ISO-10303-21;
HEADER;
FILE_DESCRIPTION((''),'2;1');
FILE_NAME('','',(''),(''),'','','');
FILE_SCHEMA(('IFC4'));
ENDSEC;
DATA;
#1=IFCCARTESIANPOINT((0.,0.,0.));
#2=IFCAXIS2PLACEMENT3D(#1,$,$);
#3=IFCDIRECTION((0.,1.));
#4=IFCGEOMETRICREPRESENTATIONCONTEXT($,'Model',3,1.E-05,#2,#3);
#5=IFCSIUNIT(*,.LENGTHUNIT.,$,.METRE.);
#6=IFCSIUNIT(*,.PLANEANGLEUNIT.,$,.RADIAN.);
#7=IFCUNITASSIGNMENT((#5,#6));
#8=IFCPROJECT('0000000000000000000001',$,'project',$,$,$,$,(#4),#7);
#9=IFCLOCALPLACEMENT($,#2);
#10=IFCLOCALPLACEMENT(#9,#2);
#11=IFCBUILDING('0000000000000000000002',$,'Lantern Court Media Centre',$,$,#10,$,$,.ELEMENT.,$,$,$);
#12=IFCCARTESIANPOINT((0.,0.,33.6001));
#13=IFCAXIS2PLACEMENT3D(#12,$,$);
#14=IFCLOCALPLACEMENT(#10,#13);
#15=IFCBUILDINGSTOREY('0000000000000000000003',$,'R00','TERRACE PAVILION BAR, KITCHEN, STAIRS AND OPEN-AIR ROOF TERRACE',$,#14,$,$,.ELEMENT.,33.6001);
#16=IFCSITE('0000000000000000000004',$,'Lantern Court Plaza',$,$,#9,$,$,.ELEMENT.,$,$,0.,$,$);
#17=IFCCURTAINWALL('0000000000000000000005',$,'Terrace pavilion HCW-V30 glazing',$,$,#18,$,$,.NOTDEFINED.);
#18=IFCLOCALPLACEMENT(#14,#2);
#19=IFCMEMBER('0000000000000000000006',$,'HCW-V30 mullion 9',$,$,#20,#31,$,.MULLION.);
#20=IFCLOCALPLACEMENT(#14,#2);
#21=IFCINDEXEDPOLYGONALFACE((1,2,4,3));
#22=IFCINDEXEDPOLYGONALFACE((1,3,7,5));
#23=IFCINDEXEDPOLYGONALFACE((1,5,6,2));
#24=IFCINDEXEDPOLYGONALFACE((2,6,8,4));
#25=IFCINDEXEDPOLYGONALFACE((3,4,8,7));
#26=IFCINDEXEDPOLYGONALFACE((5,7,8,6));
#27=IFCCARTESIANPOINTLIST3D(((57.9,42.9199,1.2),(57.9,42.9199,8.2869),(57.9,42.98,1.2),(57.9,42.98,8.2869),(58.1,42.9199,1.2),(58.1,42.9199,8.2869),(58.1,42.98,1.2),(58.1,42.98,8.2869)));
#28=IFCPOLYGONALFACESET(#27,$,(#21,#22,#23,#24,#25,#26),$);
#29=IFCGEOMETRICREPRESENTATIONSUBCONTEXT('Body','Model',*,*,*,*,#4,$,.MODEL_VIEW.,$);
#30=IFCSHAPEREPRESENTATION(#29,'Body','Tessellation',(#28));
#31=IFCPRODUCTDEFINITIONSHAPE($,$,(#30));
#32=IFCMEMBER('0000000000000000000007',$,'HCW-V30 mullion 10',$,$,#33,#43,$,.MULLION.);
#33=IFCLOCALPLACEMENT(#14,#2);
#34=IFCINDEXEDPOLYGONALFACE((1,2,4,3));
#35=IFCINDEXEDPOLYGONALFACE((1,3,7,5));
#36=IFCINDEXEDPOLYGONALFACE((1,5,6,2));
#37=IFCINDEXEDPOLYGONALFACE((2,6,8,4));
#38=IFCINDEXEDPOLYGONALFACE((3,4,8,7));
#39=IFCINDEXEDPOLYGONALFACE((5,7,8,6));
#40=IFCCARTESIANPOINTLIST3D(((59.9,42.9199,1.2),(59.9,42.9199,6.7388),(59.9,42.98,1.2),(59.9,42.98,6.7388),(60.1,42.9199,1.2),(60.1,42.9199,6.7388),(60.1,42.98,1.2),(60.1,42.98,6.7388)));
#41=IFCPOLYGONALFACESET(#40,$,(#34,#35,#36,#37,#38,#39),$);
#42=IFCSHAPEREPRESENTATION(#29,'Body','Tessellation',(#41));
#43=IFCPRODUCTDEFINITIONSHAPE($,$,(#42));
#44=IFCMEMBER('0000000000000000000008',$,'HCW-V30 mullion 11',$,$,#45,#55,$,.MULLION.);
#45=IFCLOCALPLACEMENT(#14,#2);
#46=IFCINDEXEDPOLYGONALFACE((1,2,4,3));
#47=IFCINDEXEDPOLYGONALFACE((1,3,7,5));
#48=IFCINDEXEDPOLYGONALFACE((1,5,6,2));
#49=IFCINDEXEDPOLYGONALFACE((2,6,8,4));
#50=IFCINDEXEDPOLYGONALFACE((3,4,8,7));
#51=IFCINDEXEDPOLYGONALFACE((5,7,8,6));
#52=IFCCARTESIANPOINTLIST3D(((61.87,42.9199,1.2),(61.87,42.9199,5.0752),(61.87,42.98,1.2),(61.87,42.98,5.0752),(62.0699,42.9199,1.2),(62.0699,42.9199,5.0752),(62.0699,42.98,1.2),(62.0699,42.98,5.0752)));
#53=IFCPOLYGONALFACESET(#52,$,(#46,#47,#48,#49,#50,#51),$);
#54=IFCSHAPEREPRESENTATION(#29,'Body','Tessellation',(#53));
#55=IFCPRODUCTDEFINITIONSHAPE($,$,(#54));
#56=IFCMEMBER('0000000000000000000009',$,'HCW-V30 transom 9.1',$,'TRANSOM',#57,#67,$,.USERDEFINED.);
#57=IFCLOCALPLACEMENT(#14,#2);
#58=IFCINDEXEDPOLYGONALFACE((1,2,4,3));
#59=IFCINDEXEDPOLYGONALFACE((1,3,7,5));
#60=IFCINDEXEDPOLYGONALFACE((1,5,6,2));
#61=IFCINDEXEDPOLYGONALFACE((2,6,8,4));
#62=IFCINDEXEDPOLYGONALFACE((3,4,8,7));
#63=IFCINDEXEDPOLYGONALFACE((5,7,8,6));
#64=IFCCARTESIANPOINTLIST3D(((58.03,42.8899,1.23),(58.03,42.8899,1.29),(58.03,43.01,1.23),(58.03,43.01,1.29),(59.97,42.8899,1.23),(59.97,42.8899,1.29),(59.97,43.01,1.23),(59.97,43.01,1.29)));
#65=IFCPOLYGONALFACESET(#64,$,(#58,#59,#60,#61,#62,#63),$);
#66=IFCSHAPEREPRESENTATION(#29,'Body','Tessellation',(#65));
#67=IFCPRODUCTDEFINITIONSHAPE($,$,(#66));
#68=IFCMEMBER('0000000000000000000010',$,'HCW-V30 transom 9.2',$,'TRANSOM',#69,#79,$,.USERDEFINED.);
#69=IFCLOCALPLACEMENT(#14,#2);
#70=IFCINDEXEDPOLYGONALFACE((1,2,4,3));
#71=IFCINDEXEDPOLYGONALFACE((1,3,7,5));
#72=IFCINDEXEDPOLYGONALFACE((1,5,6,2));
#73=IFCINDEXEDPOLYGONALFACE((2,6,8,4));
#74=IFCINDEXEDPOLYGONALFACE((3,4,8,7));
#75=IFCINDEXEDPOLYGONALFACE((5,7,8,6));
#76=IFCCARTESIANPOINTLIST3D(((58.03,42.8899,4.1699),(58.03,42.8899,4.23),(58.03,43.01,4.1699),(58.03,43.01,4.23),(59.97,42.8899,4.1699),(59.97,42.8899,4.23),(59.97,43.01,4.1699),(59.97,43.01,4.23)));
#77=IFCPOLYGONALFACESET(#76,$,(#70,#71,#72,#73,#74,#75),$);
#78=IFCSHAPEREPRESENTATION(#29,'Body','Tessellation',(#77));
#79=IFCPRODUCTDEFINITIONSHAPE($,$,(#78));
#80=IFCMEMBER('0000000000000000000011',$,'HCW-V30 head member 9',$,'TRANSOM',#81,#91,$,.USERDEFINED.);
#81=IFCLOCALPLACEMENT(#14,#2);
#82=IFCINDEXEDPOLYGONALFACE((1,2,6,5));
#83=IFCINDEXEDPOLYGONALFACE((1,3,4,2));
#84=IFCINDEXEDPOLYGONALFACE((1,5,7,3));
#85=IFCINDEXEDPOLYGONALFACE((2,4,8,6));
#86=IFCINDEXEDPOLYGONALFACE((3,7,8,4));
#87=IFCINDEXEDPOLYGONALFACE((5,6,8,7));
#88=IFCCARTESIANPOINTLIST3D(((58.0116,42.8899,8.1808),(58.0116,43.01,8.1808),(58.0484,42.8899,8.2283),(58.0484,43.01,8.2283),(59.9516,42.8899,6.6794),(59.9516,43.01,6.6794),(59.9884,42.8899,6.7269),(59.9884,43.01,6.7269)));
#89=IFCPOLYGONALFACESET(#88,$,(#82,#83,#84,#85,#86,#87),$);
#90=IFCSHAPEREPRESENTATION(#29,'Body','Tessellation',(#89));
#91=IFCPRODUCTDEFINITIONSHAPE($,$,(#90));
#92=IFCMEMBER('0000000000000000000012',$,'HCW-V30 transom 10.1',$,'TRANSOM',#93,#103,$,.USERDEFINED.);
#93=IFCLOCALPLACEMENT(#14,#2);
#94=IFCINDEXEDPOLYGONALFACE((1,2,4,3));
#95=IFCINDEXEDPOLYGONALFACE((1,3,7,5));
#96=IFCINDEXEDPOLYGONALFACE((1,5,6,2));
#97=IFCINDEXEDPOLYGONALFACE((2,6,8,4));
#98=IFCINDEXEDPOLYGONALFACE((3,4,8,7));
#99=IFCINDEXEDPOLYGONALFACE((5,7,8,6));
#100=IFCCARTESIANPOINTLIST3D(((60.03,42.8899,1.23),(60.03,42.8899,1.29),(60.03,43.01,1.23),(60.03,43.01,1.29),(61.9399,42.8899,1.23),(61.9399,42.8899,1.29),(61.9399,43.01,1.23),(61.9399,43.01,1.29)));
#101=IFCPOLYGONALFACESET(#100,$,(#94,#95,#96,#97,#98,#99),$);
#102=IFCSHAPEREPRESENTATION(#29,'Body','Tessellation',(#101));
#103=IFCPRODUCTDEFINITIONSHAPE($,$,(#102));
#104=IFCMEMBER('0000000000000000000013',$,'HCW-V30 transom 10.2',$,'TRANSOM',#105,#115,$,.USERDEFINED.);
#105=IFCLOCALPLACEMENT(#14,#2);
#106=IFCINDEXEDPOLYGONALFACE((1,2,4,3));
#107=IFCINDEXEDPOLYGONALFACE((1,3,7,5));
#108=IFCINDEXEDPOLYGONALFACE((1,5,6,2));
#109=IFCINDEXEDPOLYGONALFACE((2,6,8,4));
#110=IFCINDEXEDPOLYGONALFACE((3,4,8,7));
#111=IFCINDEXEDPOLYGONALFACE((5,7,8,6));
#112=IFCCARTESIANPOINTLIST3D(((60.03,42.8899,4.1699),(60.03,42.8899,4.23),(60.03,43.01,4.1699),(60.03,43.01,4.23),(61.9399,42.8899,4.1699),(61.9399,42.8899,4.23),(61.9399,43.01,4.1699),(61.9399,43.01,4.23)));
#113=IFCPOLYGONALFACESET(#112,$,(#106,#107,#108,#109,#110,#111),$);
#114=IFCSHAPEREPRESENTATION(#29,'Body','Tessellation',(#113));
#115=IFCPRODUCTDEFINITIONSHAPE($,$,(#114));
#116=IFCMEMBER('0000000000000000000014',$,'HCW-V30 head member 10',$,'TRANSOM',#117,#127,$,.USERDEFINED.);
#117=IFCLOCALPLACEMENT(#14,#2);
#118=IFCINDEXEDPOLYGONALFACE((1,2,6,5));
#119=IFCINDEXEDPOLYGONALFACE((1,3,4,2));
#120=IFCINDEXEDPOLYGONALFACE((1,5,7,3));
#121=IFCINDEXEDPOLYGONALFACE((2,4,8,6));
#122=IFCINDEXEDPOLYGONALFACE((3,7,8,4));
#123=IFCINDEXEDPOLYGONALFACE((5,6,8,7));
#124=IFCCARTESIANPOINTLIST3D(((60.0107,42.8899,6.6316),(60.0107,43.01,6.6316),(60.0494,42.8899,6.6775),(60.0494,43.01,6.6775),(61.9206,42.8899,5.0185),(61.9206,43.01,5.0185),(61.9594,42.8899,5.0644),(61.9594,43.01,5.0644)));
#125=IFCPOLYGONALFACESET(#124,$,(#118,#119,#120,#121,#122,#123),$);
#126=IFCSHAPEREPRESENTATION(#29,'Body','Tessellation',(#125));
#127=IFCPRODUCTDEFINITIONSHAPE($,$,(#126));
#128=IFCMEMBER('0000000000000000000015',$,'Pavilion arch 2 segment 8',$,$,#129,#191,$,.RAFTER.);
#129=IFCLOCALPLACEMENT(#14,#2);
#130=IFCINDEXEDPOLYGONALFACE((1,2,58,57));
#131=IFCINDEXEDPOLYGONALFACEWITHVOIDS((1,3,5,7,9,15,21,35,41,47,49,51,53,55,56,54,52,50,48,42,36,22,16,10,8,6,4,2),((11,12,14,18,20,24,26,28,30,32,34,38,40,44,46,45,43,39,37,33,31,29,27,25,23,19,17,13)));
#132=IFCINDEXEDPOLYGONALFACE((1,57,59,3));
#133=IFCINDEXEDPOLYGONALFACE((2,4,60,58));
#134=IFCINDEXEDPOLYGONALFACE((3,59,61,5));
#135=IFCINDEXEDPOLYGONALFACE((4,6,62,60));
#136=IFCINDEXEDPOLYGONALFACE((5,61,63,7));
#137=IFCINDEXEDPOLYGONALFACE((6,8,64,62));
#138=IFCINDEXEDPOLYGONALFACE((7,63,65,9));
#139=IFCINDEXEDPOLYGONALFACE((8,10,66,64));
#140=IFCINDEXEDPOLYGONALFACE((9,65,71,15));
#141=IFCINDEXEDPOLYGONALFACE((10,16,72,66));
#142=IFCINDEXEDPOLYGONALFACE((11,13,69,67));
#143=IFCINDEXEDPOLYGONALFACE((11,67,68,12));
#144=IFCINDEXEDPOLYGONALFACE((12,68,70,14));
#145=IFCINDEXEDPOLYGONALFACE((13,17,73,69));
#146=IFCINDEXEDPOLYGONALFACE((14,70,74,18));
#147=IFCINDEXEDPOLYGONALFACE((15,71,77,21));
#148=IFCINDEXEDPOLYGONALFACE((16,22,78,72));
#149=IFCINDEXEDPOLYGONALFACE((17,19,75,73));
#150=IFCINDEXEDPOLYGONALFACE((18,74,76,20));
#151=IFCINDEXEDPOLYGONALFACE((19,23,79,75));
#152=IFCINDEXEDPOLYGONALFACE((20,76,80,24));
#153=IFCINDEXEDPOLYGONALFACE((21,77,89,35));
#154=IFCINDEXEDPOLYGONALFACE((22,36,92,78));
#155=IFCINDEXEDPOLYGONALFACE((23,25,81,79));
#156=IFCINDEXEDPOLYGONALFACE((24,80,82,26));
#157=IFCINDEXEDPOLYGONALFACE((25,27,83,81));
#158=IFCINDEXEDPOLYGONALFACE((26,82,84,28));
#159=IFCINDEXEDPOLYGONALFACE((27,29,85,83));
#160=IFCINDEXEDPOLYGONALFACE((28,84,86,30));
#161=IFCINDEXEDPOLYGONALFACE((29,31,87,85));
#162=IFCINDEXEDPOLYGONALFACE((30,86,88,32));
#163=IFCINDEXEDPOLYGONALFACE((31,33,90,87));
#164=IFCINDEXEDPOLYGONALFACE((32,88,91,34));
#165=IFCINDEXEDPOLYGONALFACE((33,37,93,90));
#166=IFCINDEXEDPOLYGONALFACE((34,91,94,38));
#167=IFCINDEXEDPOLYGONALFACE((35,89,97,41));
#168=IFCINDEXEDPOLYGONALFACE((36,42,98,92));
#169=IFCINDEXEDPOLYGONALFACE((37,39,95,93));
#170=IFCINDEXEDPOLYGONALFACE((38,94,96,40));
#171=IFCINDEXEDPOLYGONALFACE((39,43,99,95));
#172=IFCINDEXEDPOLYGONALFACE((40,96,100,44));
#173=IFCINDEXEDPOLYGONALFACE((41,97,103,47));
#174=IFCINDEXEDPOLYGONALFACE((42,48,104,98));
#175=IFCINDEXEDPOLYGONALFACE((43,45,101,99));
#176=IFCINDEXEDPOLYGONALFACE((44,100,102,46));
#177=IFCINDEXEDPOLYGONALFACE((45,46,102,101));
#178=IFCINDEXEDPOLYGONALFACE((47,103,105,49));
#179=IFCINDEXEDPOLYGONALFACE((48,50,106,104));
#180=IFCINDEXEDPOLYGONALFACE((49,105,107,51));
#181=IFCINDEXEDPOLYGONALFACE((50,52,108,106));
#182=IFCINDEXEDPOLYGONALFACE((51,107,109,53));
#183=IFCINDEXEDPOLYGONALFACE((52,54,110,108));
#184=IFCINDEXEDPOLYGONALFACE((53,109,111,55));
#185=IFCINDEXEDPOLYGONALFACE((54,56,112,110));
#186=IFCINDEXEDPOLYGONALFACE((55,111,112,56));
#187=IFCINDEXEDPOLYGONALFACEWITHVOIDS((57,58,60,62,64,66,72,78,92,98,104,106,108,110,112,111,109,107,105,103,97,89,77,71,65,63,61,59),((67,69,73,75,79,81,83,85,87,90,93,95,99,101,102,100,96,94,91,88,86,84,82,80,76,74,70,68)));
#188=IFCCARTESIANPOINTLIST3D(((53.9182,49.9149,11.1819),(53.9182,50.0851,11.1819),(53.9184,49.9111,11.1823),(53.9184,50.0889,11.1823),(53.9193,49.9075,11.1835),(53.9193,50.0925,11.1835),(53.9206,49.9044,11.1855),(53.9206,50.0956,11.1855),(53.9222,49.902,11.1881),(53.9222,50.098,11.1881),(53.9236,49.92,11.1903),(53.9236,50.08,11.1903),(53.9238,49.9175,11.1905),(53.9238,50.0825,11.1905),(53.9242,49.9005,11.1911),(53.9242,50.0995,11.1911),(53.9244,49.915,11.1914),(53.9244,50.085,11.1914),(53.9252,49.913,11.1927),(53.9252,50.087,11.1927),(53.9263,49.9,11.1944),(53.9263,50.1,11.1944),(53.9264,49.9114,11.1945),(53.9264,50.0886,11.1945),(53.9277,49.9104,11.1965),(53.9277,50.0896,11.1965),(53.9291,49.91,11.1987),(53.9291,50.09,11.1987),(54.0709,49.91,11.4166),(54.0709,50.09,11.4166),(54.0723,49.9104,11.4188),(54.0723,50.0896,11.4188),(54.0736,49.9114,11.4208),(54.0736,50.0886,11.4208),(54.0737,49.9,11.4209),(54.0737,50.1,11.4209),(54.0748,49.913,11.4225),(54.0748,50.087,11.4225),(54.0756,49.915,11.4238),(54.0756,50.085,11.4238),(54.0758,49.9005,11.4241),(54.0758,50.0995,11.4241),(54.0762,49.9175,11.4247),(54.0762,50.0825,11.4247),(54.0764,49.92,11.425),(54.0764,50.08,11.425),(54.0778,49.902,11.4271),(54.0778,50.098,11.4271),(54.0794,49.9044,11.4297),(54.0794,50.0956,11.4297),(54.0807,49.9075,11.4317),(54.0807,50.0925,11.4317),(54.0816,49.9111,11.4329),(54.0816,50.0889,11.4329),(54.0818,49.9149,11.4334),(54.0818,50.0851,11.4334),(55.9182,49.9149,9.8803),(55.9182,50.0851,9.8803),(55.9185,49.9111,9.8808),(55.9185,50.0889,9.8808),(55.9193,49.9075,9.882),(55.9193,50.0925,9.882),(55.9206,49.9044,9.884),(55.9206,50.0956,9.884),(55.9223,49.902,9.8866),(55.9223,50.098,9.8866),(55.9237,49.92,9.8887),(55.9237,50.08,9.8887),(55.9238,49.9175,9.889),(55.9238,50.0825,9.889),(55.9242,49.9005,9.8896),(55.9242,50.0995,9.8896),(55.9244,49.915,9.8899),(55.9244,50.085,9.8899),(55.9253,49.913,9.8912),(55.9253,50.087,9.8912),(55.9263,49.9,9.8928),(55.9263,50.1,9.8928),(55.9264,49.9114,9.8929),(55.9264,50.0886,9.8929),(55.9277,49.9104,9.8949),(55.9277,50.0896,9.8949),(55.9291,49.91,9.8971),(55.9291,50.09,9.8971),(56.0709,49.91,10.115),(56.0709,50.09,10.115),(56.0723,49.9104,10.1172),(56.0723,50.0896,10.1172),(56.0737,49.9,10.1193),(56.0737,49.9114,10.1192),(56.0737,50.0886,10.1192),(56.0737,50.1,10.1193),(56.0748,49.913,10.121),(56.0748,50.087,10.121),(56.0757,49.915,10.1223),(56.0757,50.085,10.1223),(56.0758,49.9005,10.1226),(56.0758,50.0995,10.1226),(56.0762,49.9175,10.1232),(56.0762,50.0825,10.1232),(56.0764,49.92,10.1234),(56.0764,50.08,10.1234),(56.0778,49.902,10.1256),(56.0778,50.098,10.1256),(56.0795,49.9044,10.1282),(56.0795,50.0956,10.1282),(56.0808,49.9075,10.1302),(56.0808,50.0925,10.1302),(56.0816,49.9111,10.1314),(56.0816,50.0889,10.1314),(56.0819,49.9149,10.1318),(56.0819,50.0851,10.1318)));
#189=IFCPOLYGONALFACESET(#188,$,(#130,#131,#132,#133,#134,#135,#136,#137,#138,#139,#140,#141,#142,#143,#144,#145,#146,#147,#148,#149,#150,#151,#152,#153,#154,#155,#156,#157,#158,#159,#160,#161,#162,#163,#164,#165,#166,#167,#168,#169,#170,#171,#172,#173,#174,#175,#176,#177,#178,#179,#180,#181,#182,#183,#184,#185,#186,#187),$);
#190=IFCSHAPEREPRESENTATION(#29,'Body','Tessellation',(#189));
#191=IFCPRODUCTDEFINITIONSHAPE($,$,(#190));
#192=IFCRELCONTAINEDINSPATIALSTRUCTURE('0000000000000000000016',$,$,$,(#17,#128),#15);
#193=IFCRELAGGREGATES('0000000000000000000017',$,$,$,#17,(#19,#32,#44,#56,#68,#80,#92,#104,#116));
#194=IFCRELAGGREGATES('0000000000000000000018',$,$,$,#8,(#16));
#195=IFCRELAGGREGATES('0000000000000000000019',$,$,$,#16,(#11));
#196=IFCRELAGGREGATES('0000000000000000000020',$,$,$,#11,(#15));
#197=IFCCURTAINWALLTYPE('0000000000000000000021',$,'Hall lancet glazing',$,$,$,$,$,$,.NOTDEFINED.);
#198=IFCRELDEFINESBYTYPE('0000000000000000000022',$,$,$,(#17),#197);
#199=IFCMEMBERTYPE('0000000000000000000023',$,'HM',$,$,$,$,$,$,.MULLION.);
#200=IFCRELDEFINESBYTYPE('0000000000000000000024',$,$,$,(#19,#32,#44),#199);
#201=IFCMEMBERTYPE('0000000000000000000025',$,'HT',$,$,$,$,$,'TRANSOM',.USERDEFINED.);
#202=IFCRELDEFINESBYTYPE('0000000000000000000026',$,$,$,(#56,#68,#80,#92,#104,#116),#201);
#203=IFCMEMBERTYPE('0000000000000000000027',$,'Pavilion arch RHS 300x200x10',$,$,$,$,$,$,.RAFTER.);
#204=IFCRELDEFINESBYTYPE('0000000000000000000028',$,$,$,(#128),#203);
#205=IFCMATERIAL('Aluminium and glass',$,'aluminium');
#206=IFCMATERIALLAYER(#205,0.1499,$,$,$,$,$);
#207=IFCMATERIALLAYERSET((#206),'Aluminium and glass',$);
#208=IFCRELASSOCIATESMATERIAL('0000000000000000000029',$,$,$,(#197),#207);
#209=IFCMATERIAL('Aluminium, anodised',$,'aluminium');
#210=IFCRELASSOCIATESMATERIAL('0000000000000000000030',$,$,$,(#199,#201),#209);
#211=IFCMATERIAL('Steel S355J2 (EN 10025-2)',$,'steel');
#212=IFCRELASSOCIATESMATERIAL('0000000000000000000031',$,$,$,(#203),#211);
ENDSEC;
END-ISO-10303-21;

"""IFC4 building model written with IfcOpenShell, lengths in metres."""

from ifc_helpers import new_model, si_unit, direction, frame, origin, origin_2d, place, context, subcontext, project, spatial, rectangle, hollow_rectangle, extrude, material, layer, layer_set, material_profile, profile_set, type_object, element, aggregate, save


model = new_model("IFC4")

# Units and contexts
model_context = context("Model", 3, precision=1e-05, world=origin(), true_north=direction((0.0, 1.0)))
body_context = subcontext(model_context, "Body", "Model", "MODEL_VIEW")
ifc_project = project(units=[si_unit("LENGTHUNIT", "METRE"), si_unit("PLANEANGLEUNIT", "RADIAN")], contexts=[model_context])

# Site, building, storey
site_placement = place(None, origin())
site = spatial("IfcSite", under=ifc_project, at=site_placement, Name="Lantern Court Plaza", CompositionType="ELEMENT", RefElevation=0.0)
building_placement = place(site_placement, origin())
building = spatial("IfcBuilding", under=site, at=building_placement, Name="Lantern Court Media Centre", CompositionType="ELEMENT")
storey_placement = place(building_placement, frame((0.0, 0.0, 33.6001)))
storey = spatial("IfcBuildingStorey", under=building, at=storey_placement, Name="R00", Description="TERRACE PAVILION BAR, KITCHEN, STAIRS AND OPEN-AIR ROOF TERRACE", CompositionType="ELEMENT", Elevation=33.6001)

# Curtain wall, members
ifc_material_1 = material(Name="Aluminium and glass", Category="aluminium")
ifc_layer_1 = layer(ifc_material_1, 0.1499)
ifc_layer_set_1 = layer_set([ifc_layer_1], Name="Aluminium and glass")
curtain_wall_type = type_object("IfcCurtainWallType", Name="Hall lancet glazing", PredefinedType="NOTDEFINED", material=ifc_layer_set_1)
curtain_wall_placement = place(storey_placement, origin())
curtain_wall = element("IfcCurtainWall", 1, at=curtain_wall_placement, inside=storey, type_object=curtain_wall_type, Name="Terrace pavilion HCW-V30 glazing", PredefinedType="NOTDEFINED")
ifc_material_2 = material(Name="Aluminium, anodised", Category="aluminium")
ifc_material_profile_1 = material_profile(ifc_material_2, rectangle(XDim=0.0601, YDim=0.2, at=origin_2d()), Name="HM")
ifc_profile_set_1 = profile_set([ifc_material_profile_1], Name="Aluminium, anodised")
member_type_1 = type_object("IfcMemberType", Name="HM", PredefinedType="MULLION", material=ifc_profile_set_1)
member_1_placement = place(storey_placement, frame((58.0, 42.95, 1.2), z_axis=(0.0, 0.0, 1.0), x_axis=(0.0, 1.0, 0.0)))
member_1 = element("IfcMember", 2, at=member_1_placement, type_object=member_type_1, Name="HCW-V30 mullion 9", PredefinedType="MULLION", context=body_context, shape_type="SweptSolid", body=[
    extrude(rectangle(XDim=0.0601, YDim=0.2, at=origin_2d()), origin(), (0.0, 0.0, 1.0), 7.0869),
])
member_2_placement = place(storey_placement, frame((60.0, 42.95, 1.2), z_axis=(0.0, 0.0, 1.0), x_axis=(0.0, 1.0, 0.0)))
member_2 = element("IfcMember", 3, at=member_2_placement, type_object=member_type_1, Name="HCW-V30 mullion 10", PredefinedType="MULLION", context=body_context, shape_type="SweptSolid", body=[
    extrude(rectangle(XDim=0.0601, YDim=0.2, at=origin_2d()), origin(), (0.0, 0.0, 1.0), 5.5388),
])
member_3_placement = place(storey_placement, frame((61.97, 42.95, 1.2), z_axis=(0.0, 0.0, 1.0), x_axis=(0.0, 1.0, 0.0)))
member_3 = element("IfcMember", 4, at=member_3_placement, type_object=member_type_1, Name="HCW-V30 mullion 11", PredefinedType="MULLION", context=body_context, shape_type="SweptSolid", body=[
    extrude(rectangle(XDim=0.0601, YDim=0.2, at=origin_2d()), origin(), (0.0, 0.0, 1.0), 3.8752),
])
ifc_material_profile_2 = material_profile(ifc_material_2, rectangle(XDim=0.1201, YDim=0.0601, at=origin_2d()), Name="HT")
ifc_profile_set_2 = profile_set([ifc_material_profile_2], Name="Aluminium, anodised")
member_type_2 = type_object("IfcMemberType", Name="HT", ElementType="TRANSOM", PredefinedType="USERDEFINED", material=ifc_profile_set_2)
member_4_placement = place(storey_placement, frame((58.03, 42.95, 1.26), z_axis=(1.0, 0.0, 0.0), x_axis=(0.0, 1.0, 0.0)))
member_4 = element("IfcMember", 5, at=member_4_placement, type_object=member_type_2, Name="HCW-V30 transom 9.1", ObjectType="TRANSOM", PredefinedType="USERDEFINED", context=body_context, shape_type="SweptSolid", body=[
    extrude(rectangle(XDim=0.1201, YDim=0.0601, at=origin_2d()), origin(), (0.0, 0.0, 1.0), 1.9399),
])
member_5_placement = place(storey_placement, frame((58.03, 42.95, 4.2), z_axis=(1.0, 0.0, 0.0), x_axis=(0.0, 1.0, 0.0)))
member_5 = element("IfcMember", 6, at=member_5_placement, type_object=member_type_2, Name="HCW-V30 transom 9.2", ObjectType="TRANSOM", PredefinedType="USERDEFINED", context=body_context, shape_type="SweptSolid", body=[
    extrude(rectangle(XDim=0.1201, YDim=0.0601, at=origin_2d()), origin(), (0.0, 0.0, 1.0), 1.9399),
])
member_6_placement = place(storey_placement, frame((58.03, 42.95, 8.2046), z_axis=(0.790808, 0.0, -0.612065), x_axis=(0.0, 1.0, 0.0)))
member_6 = element("IfcMember", 7, at=member_6_placement, type_object=member_type_2, Name="HCW-V30 head member 9", ObjectType="TRANSOM", PredefinedType="USERDEFINED", context=body_context, shape_type="SweptSolid", body=[
    extrude(rectangle(XDim=0.1201, YDim=0.0601, at=origin_2d()), origin(), (0.0, 0.0, 1.0), 2.4531),
])
member_7_placement = place(storey_placement, frame((60.03, 42.95, 1.26), z_axis=(1.0, 0.0, 0.0), x_axis=(0.0, 1.0, 0.0)))
member_7 = element("IfcMember", 8, at=member_7_placement, type_object=member_type_2, Name="HCW-V30 transom 10.1", ObjectType="TRANSOM", PredefinedType="USERDEFINED", context=body_context, shape_type="SweptSolid", body=[
    extrude(rectangle(XDim=0.1201, YDim=0.0601, at=origin_2d()), origin(), (0.0, 0.0, 1.0), 1.9099),
])
member_8_placement = place(storey_placement, frame((60.03, 42.95, 4.2), z_axis=(1.0, 0.0, 0.0), x_axis=(0.0, 1.0, 0.0)))
member_8 = element("IfcMember", 9, at=member_8_placement, type_object=member_type_2, Name="HCW-V30 transom 10.2", ObjectType="TRANSOM", PredefinedType="USERDEFINED", context=body_context, shape_type="SweptSolid", body=[
    extrude(rectangle(XDim=0.1201, YDim=0.0601, at=origin_2d()), origin(), (0.0, 0.0, 1.0), 1.9099),
])
member_9_placement = place(storey_placement, frame((60.03, 42.95, 6.6545), z_axis=(0.763986, 0.0, -0.645233), x_axis=(0.0, 1.0, 0.0)))
member_9 = element("IfcMember", 10, at=member_9_placement, type_object=member_type_2, Name="HCW-V30 head member 10", ObjectType="TRANSOM", PredefinedType="USERDEFINED", context=body_context, shape_type="SweptSolid", body=[
    extrude(rectangle(XDim=0.1201, YDim=0.0601, at=origin_2d()), origin(), (0.0, 0.0, 1.0), 2.5),
])

# Member
ifc_material_3 = material(Name="Steel S355J2 (EN 10025-2)", Category="steel")
ifc_material_profile_3 = material_profile(ifc_material_3, hollow_rectangle(XDim=0.2, YDim=0.3, WallThickness=0.01, InnerFilletRadius=0.01, OuterFilletRadius=0.0149, at=origin_2d()), Name="Pavilion arch RHS 300x200x10")
ifc_profile_set_3 = profile_set([ifc_material_profile_3], Name="Steel S355J2 (EN 10025-2)")
member_type_3 = type_object("IfcMemberType", Name="Pavilion arch RHS 300x200x10", PredefinedType="RAFTER", material=ifc_profile_set_3)
member_10_placement = place(storey_placement, frame((54.0, 50.0, 11.3076), z_axis=(0.838154, 0.0, -0.545434), x_axis=(0.0, 1.0, 0.0)))
element("IfcMember", 11, at=member_10_placement, inside=storey, type_object=member_type_3, Name="Pavilion arch 2 segment 8", PredefinedType="RAFTER", context=body_context, shape_type="SweptSolid", body=[
    extrude(hollow_rectangle(XDim=0.2, YDim=0.3, WallThickness=0.01, InnerFilletRadius=0.01, OuterFilletRadius=0.0149, at=origin_2d()), origin(), (0.0, 0.0, 1.0), 2.3862),
])

aggregate(curtain_wall, [member_1, member_2, member_3, member_4, member_5, member_6, member_7, member_8, member_9])

save(model, "model.ifc")
